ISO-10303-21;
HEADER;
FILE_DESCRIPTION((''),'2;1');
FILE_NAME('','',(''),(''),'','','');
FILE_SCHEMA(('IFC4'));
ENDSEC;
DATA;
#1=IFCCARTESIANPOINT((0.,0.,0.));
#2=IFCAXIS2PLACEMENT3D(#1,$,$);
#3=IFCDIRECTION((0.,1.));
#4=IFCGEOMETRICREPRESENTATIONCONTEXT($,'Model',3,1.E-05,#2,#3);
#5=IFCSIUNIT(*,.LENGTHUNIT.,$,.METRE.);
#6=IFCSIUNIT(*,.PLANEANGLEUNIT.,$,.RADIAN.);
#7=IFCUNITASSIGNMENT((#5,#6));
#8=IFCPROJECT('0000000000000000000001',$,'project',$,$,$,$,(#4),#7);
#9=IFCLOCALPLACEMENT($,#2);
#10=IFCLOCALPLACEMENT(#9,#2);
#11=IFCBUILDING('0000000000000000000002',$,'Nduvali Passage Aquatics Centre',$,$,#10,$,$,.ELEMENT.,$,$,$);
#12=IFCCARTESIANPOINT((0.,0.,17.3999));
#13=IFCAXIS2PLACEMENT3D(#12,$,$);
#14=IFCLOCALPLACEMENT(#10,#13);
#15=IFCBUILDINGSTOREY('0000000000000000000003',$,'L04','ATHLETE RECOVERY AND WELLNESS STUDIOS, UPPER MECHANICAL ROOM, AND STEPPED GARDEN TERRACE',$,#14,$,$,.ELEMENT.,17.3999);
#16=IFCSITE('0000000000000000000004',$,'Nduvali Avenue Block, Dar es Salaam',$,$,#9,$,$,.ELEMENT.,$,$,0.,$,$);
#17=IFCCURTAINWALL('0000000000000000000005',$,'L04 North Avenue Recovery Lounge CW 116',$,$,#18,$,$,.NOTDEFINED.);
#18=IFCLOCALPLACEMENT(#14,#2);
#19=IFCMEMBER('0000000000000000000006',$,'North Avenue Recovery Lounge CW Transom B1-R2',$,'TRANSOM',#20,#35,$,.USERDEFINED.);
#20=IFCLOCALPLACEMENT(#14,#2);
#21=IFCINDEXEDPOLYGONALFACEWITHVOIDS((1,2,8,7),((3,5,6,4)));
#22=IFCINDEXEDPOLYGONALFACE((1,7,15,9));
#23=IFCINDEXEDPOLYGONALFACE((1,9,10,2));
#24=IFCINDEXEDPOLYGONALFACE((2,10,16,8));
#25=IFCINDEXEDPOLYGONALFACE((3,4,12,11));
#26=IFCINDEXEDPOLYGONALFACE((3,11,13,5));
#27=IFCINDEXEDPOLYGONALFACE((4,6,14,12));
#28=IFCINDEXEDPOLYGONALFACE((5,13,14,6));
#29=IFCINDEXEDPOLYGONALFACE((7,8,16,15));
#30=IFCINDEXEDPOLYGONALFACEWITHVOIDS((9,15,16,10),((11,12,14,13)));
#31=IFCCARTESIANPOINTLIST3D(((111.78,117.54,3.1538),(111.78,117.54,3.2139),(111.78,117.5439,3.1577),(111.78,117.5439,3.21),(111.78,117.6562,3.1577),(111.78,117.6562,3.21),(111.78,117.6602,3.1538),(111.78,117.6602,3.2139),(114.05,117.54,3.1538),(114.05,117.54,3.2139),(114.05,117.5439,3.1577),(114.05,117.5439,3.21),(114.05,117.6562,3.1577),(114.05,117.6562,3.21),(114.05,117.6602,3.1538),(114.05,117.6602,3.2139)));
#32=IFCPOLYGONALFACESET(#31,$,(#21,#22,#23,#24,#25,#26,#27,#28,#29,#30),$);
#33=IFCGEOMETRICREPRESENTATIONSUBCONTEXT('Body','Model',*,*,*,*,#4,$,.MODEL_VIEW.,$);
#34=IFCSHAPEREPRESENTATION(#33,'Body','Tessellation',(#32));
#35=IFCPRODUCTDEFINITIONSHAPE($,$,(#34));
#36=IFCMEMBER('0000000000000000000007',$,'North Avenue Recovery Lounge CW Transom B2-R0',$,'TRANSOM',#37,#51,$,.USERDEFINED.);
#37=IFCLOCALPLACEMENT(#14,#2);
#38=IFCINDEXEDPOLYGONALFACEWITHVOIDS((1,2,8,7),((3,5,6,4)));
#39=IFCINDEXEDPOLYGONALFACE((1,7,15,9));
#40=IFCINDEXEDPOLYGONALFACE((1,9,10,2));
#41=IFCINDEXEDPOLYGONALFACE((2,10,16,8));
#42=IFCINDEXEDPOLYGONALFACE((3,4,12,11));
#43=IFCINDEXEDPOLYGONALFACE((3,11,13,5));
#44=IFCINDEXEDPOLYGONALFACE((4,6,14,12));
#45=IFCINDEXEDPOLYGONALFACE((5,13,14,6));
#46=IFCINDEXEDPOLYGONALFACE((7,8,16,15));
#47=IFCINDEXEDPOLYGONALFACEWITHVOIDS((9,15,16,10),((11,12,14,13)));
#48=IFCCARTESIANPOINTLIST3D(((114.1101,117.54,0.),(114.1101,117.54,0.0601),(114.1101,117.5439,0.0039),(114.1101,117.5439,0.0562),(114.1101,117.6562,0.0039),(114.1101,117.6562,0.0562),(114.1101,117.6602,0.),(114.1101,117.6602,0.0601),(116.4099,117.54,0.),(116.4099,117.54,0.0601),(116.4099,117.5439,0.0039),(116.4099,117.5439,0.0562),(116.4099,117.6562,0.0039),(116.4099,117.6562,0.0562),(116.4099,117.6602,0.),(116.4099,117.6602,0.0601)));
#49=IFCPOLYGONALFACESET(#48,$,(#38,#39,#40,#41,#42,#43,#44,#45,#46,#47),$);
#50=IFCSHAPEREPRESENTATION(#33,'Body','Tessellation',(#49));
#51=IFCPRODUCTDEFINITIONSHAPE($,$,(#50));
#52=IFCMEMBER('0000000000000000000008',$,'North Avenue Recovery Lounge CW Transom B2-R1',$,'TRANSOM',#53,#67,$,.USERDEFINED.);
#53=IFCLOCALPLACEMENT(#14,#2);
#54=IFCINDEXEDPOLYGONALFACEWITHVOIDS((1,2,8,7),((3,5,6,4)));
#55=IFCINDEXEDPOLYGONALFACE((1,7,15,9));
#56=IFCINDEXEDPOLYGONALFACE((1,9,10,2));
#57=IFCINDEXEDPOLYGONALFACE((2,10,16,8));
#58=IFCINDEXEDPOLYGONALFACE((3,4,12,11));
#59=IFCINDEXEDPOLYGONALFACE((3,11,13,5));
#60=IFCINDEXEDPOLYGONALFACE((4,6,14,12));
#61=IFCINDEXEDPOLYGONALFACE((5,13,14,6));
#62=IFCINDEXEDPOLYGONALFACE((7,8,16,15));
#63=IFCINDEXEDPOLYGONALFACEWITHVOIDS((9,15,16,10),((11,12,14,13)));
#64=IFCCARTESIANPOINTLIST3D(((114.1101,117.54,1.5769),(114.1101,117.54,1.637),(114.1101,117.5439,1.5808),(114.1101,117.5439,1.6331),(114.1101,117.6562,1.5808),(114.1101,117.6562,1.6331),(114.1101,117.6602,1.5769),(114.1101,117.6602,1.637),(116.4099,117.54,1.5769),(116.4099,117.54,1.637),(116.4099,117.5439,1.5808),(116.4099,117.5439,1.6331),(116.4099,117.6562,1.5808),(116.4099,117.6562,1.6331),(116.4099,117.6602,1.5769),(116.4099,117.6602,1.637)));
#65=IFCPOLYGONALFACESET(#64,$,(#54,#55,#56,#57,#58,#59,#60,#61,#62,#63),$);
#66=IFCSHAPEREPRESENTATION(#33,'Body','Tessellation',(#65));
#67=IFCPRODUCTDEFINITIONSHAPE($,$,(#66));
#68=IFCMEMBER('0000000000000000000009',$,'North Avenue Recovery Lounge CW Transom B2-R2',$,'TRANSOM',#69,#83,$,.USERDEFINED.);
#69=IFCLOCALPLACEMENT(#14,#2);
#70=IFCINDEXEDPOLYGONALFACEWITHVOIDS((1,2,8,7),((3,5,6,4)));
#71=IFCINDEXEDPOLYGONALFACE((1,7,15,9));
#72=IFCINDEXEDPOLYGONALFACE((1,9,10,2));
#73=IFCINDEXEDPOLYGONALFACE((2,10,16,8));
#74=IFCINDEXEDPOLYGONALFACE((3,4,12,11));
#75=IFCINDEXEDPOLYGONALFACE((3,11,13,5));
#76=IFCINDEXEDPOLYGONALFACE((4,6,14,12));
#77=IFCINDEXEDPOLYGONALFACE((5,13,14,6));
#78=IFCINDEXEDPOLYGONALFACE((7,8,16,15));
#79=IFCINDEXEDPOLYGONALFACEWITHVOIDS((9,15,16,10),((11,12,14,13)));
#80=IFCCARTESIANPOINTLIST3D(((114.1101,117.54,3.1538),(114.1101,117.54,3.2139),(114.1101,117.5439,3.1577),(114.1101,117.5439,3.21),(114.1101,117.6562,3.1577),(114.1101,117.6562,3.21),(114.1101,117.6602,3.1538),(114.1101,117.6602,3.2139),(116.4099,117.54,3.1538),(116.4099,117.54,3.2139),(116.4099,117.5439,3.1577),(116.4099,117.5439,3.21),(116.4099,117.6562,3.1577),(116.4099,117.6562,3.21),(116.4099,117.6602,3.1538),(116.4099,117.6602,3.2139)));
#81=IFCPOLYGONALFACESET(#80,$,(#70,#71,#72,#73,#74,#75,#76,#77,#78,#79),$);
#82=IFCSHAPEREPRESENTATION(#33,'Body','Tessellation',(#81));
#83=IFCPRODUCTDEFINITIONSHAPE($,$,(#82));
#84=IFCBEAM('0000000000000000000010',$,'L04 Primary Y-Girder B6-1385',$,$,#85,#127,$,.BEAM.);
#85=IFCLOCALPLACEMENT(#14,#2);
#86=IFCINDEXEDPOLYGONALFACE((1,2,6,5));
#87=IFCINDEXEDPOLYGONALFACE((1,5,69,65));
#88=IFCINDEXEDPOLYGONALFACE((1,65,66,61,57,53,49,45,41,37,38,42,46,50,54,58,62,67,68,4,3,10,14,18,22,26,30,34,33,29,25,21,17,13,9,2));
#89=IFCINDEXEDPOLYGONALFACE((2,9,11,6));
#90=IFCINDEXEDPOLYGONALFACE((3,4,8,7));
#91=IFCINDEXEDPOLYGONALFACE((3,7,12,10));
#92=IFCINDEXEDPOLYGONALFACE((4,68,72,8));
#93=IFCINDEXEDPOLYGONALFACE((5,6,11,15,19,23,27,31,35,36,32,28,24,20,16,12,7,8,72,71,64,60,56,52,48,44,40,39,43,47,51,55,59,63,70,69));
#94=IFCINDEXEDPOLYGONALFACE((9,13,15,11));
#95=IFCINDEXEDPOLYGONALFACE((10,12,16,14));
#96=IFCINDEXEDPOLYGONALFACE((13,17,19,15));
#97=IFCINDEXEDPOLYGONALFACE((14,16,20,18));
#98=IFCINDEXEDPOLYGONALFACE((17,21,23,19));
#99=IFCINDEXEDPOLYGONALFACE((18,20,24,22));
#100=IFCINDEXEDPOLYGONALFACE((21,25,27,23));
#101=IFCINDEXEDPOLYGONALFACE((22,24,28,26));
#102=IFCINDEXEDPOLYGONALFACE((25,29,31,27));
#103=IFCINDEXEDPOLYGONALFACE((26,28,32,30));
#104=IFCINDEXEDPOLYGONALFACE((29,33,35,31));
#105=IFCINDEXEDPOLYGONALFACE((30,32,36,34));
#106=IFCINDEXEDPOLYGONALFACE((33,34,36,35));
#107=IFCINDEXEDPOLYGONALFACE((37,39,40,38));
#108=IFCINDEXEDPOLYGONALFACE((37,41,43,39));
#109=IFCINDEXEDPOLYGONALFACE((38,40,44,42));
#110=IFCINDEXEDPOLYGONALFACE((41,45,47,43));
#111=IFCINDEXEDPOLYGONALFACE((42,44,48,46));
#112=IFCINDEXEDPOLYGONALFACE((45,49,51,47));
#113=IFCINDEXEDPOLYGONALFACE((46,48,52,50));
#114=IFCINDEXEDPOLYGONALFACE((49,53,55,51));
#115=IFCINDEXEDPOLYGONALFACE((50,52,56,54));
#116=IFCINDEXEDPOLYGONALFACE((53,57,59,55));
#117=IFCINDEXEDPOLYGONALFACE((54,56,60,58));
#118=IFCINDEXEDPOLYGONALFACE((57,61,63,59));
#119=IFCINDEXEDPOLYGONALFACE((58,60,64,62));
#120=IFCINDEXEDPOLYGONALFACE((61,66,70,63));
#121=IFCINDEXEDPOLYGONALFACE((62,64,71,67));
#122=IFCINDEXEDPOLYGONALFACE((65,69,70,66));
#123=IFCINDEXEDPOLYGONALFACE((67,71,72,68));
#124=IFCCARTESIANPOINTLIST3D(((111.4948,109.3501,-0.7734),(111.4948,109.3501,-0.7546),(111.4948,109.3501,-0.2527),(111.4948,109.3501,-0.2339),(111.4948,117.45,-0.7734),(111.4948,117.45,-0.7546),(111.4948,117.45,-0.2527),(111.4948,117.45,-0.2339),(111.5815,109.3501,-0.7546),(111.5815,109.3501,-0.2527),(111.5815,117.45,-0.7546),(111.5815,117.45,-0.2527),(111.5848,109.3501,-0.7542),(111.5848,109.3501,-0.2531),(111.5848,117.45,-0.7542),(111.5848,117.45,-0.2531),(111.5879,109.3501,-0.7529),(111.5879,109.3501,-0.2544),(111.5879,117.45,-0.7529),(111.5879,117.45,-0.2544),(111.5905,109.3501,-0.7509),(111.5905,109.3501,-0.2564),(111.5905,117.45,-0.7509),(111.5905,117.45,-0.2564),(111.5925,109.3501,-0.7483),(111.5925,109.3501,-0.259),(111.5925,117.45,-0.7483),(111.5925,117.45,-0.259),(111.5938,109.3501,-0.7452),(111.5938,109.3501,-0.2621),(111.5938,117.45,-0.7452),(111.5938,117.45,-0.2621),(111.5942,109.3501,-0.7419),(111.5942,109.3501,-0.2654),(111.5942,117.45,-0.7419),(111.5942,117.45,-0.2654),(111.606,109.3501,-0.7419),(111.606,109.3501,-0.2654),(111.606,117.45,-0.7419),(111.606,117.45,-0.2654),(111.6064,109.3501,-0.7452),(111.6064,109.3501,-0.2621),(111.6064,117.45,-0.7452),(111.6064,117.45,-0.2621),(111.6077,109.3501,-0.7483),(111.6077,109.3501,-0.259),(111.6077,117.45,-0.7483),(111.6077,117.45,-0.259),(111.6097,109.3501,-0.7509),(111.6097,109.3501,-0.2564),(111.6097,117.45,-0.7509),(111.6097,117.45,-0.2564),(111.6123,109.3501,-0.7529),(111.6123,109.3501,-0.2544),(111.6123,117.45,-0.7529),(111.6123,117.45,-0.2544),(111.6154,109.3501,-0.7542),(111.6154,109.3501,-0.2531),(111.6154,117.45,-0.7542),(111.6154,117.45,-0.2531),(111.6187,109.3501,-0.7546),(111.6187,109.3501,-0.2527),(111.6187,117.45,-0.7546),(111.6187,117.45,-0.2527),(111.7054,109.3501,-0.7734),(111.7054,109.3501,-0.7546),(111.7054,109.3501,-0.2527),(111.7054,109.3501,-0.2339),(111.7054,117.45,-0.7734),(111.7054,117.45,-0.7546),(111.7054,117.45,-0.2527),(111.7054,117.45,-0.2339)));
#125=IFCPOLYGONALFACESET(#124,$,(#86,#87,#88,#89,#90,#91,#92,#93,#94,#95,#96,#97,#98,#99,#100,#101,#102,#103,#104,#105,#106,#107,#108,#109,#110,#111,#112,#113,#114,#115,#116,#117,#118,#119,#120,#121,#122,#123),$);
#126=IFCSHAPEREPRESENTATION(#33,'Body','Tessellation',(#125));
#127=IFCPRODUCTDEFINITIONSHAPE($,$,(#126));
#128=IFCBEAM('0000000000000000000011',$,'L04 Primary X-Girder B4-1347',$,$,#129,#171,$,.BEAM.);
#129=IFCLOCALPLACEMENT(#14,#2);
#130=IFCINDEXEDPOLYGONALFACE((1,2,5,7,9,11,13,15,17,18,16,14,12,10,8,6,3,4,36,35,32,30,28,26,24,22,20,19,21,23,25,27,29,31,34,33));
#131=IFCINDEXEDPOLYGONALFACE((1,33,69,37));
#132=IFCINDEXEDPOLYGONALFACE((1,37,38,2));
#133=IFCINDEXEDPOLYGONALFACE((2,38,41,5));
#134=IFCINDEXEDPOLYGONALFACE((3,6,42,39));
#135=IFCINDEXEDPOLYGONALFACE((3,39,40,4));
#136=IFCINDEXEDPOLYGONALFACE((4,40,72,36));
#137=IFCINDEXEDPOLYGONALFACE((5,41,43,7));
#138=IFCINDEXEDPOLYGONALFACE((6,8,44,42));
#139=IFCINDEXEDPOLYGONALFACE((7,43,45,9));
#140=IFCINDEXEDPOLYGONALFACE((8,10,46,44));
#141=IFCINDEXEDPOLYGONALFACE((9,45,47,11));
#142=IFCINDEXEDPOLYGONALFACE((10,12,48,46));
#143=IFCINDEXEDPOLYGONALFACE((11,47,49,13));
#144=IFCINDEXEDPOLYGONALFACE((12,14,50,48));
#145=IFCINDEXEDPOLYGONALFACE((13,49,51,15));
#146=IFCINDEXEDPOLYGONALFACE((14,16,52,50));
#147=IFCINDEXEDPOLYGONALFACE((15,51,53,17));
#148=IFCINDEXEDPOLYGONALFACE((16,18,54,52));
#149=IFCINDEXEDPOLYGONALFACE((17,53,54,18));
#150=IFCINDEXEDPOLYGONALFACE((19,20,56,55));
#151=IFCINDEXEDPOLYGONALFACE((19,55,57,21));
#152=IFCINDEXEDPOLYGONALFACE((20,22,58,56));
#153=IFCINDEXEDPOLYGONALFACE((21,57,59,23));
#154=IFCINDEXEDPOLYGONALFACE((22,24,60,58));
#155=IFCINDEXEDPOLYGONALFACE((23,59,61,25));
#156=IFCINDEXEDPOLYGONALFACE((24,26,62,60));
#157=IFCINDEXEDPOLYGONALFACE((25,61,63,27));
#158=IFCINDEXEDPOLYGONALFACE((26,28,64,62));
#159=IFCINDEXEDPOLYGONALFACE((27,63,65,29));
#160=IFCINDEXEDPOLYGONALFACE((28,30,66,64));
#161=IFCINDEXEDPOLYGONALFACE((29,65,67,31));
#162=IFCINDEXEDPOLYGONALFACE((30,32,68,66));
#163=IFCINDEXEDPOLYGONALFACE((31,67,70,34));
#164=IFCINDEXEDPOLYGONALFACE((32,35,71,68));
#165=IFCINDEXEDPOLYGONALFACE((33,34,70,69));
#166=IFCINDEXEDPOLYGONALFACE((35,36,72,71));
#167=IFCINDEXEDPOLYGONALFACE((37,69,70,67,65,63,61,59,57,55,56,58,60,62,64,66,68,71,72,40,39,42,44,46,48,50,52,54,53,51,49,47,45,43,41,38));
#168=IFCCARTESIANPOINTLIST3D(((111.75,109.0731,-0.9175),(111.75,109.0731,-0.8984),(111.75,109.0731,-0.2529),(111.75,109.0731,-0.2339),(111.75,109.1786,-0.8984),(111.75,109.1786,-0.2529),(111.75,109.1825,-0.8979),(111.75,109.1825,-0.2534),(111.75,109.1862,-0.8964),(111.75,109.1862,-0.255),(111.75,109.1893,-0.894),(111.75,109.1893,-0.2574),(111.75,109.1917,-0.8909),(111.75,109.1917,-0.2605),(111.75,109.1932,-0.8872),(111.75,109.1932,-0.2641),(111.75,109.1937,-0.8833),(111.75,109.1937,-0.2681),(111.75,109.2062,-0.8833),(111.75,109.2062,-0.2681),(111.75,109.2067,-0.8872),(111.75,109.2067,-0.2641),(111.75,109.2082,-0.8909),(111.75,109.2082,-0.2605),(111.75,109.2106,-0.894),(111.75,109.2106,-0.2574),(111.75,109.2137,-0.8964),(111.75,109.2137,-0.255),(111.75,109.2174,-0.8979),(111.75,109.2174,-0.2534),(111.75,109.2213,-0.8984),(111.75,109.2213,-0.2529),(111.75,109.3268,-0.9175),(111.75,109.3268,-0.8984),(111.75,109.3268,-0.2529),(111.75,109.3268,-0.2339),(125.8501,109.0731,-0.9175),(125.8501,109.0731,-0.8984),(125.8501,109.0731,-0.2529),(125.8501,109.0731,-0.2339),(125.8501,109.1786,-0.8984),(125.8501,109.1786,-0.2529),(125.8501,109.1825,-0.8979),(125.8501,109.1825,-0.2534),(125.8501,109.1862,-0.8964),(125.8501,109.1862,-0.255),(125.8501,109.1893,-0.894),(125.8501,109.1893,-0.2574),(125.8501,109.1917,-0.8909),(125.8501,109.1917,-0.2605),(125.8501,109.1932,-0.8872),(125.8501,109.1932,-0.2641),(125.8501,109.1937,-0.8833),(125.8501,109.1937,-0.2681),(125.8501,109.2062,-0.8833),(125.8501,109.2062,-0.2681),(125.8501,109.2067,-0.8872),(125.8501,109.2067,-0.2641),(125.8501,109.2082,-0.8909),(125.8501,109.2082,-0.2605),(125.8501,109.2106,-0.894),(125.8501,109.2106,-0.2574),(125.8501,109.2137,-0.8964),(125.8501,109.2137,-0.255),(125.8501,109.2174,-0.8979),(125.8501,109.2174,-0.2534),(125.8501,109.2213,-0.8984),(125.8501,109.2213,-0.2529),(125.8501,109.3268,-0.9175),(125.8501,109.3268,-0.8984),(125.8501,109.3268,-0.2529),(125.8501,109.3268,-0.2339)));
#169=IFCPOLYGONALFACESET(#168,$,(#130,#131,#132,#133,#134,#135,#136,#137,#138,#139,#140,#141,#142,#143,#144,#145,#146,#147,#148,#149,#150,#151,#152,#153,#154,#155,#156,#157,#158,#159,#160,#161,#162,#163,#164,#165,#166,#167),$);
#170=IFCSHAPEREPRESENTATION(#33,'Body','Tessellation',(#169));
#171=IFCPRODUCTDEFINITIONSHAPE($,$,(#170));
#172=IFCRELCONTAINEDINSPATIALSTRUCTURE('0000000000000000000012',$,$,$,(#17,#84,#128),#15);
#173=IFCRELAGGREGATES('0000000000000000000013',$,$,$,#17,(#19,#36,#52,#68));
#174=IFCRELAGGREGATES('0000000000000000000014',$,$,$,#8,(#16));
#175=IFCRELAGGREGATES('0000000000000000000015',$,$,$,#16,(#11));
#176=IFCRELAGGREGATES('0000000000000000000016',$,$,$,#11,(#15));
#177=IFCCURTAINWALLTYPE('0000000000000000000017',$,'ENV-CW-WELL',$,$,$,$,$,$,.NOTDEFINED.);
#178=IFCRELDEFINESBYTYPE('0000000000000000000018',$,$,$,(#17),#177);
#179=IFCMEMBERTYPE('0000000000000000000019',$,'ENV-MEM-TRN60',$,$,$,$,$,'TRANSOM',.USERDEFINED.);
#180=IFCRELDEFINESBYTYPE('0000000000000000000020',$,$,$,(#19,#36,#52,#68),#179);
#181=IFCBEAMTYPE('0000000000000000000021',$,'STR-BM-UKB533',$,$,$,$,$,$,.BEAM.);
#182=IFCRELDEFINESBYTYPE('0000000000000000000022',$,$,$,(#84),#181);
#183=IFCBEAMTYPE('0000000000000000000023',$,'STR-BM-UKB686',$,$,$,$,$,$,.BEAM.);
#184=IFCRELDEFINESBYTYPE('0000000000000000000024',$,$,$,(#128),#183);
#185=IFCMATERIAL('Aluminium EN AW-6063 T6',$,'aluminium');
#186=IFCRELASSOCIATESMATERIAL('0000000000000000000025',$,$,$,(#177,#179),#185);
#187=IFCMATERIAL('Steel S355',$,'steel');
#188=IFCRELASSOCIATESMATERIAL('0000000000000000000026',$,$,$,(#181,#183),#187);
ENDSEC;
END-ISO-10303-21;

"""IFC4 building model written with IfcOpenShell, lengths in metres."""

from ifc_helpers import new_model, si_unit, direction, frame, origin, origin_2d, place, context, subcontext, project, spatial, hollow_rectangle, i_section, extrude, material, material_profile, profile_set, type_object, element, aggregate, save


model = new_model("IFC4")

# Units and contexts
model_context = context("Model", 3, precision=1e-05, world=origin(), true_north=direction((0.0, 1.0)))
body_context = subcontext(model_context, "Body", "Model", "MODEL_VIEW")
ifc_project = project(units=[si_unit("LENGTHUNIT", "METRE"), si_unit("PLANEANGLEUNIT", "RADIAN")], contexts=[model_context])

# Site, building, storey
site_placement = place(None, origin())
site = spatial("IfcSite", under=ifc_project, at=site_placement, Name="Nduvali Avenue Block, Dar es Salaam", CompositionType="ELEMENT", RefElevation=0.0)
building_placement = place(site_placement, origin())
building = spatial("IfcBuilding", under=site, at=building_placement, Name="Nduvali Passage Aquatics Centre", CompositionType="ELEMENT")
storey_placement = place(building_placement, frame((0.0, 0.0, 17.3999)))
storey = spatial("IfcBuildingStorey", under=building, at=storey_placement, Name="L04", Description="ATHLETE RECOVERY AND WELLNESS STUDIOS, UPPER MECHANICAL ROOM, AND STEPPED GARDEN TERRACE", CompositionType="ELEMENT", Elevation=17.3999)

# Shared definitions
ifc_material_1 = material(Name="Steel S355", Category="steel")

# Curtain wall
ifc_material_2 = material(Name="Aluminium EN AW-6063 T6", Category="aluminium")
curtain_wall_type = type_object("IfcCurtainWallType", Name="ENV-CW-WELL", PredefinedType="NOTDEFINED", material=ifc_material_2)
curtain_wall_1_placement = place(storey_placement, origin())
curtain_wall_1 = element("IfcCurtainWall", 1, at=curtain_wall_1_placement, inside=storey, type_object=curtain_wall_type, Name="L04 North Avenue Recovery Lounge CW 116", PredefinedType="NOTDEFINED")

# Members
ifc_material_profile_1 = material_profile(ifc_material_2, hollow_rectangle(XDim=0.1201, YDim=0.0601, WallThickness=0.0039, at=origin_2d()), Name="ALU TRANSOM 120x60x4")
ifc_profile_set_1 = profile_set([ifc_material_profile_1], Name="Aluminium EN AW-6063 T6")
member_type_1 = type_object("IfcMemberType", Name="ENV-MEM-TRN60", ElementType="TRANSOM", PredefinedType="USERDEFINED", material=ifc_profile_set_1)
member_1_placement = place(storey_placement, frame((111.78, 117.6001, 3.1838), z_axis=(1.0, 0.0, 0.0), x_axis=(0.0, 1.0, 0.0)))
member_1 = element("IfcMember", 2, at=member_1_placement, type_object=member_type_1, Name="North Avenue Recovery Lounge CW Transom B1-R2", ObjectType="TRANSOM", PredefinedType="USERDEFINED", context=body_context, shape_type="SweptSolid", body=[
    extrude(hollow_rectangle(XDim=0.1201, YDim=0.0601, WallThickness=0.0039, at=origin_2d()), origin(), (0.0, 0.0, 1.0), 2.27),
])
member_2_placement = place(storey_placement, frame((114.1101, 117.6001, 0.03), z_axis=(1.0, 0.0, 0.0), x_axis=(0.0, 1.0, 0.0)))
member_2 = element("IfcMember", 3, at=member_2_placement, type_object=member_type_1, Name="North Avenue Recovery Lounge CW Transom B2-R0", ObjectType="TRANSOM", PredefinedType="USERDEFINED", context=body_context, shape_type="SweptSolid", body=[
    extrude(hollow_rectangle(XDim=0.1201, YDim=0.0601, WallThickness=0.0039, at=origin_2d()), origin(), (0.0, 0.0, 1.0), 2.2998),
])
member_3_placement = place(storey_placement, frame((114.1101, 117.6001, 1.6069), z_axis=(1.0, 0.0, 0.0), x_axis=(0.0, 1.0, 0.0)))
member_3 = element("IfcMember", 4, at=member_3_placement, type_object=member_type_1, Name="North Avenue Recovery Lounge CW Transom B2-R1", ObjectType="TRANSOM", PredefinedType="USERDEFINED", context=body_context, shape_type="SweptSolid", body=[
    extrude(hollow_rectangle(XDim=0.1201, YDim=0.0601, WallThickness=0.0039, at=origin_2d()), origin(), (0.0, 0.0, 1.0), 2.2998),
])
member_4_placement = place(storey_placement, frame((114.1101, 117.6001, 3.1838), z_axis=(1.0, 0.0, 0.0), x_axis=(0.0, 1.0, 0.0)))
member_4 = element("IfcMember", 5, at=member_4_placement, type_object=member_type_1, Name="North Avenue Recovery Lounge CW Transom B2-R2", ObjectType="TRANSOM", PredefinedType="USERDEFINED", context=body_context, shape_type="SweptSolid", body=[
    extrude(hollow_rectangle(XDim=0.1201, YDim=0.0601, WallThickness=0.0039, at=origin_2d()), origin(), (0.0, 0.0, 1.0), 2.2998),
])

# Beams
ifc_material_profile_2 = material_profile(ifc_material_1, i_section(OverallWidth=0.2107, OverallDepth=0.5396, WebThickness=0.0117, FlangeThickness=0.0188, FilletRadius=0.0127, at=origin_2d()), Name="UKB 533x210x109")
ifc_profile_set_2 = profile_set([ifc_material_profile_2], Name="Steel S355")
beam_type_1 = type_object("IfcBeamType", Name="STR-BM-UKB533", PredefinedType="BEAM", material=ifc_profile_set_2)
beam_1_placement = place(storey_placement, frame((111.6001, 109.3501, -0.5037), z_axis=(0.0, 1.0, 0.0), x_axis=(-1.0, 0.0, 0.0)))
element("IfcBeam", 6, at=beam_1_placement, inside=storey, type_object=beam_type_1, Name="L04 Primary Y-Girder B6-1385", PredefinedType="BEAM", context=body_context, shape_type="SweptSolid", body=[
    extrude(i_section(OverallWidth=0.2107, OverallDepth=0.5396, WebThickness=0.0117, FlangeThickness=0.0188, FilletRadius=0.0127, at=origin_2d()), origin(), (0.0, 0.0, 1.0), 8.0999),
])
ifc_material_profile_3 = material_profile(ifc_material_1, i_section(OverallWidth=0.2537, OverallDepth=0.6836, WebThickness=0.0125, FlangeThickness=0.019, FilletRadius=0.0151, at=origin_2d()), Name="UKB 686x254x140")
ifc_profile_set_3 = profile_set([ifc_material_profile_3], Name="Steel S355")
beam_type_2 = type_object("IfcBeamType", Name="STR-BM-UKB686", PredefinedType="BEAM", material=ifc_profile_set_3)
beam_2_placement = place(storey_placement, frame((111.75, 109.2, -0.5757), z_axis=(1.0, 0.0, 0.0), x_axis=(0.0, 1.0, 0.0)))
element("IfcBeam", 7, at=beam_2_placement, inside=storey, type_object=beam_type_2, Name="L04 Primary X-Girder B4-1347", PredefinedType="BEAM", context=body_context, shape_type="SweptSolid", body=[
    extrude(i_section(OverallWidth=0.2537, OverallDepth=0.6836, WebThickness=0.0125, FlangeThickness=0.019, FilletRadius=0.0151, at=origin_2d()), origin(), (0.0, 0.0, 1.0), 14.1001),
])

aggregate(curtain_wall_1, [member_1, member_2, member_3, member_4])

save(model, "model.ifc")
